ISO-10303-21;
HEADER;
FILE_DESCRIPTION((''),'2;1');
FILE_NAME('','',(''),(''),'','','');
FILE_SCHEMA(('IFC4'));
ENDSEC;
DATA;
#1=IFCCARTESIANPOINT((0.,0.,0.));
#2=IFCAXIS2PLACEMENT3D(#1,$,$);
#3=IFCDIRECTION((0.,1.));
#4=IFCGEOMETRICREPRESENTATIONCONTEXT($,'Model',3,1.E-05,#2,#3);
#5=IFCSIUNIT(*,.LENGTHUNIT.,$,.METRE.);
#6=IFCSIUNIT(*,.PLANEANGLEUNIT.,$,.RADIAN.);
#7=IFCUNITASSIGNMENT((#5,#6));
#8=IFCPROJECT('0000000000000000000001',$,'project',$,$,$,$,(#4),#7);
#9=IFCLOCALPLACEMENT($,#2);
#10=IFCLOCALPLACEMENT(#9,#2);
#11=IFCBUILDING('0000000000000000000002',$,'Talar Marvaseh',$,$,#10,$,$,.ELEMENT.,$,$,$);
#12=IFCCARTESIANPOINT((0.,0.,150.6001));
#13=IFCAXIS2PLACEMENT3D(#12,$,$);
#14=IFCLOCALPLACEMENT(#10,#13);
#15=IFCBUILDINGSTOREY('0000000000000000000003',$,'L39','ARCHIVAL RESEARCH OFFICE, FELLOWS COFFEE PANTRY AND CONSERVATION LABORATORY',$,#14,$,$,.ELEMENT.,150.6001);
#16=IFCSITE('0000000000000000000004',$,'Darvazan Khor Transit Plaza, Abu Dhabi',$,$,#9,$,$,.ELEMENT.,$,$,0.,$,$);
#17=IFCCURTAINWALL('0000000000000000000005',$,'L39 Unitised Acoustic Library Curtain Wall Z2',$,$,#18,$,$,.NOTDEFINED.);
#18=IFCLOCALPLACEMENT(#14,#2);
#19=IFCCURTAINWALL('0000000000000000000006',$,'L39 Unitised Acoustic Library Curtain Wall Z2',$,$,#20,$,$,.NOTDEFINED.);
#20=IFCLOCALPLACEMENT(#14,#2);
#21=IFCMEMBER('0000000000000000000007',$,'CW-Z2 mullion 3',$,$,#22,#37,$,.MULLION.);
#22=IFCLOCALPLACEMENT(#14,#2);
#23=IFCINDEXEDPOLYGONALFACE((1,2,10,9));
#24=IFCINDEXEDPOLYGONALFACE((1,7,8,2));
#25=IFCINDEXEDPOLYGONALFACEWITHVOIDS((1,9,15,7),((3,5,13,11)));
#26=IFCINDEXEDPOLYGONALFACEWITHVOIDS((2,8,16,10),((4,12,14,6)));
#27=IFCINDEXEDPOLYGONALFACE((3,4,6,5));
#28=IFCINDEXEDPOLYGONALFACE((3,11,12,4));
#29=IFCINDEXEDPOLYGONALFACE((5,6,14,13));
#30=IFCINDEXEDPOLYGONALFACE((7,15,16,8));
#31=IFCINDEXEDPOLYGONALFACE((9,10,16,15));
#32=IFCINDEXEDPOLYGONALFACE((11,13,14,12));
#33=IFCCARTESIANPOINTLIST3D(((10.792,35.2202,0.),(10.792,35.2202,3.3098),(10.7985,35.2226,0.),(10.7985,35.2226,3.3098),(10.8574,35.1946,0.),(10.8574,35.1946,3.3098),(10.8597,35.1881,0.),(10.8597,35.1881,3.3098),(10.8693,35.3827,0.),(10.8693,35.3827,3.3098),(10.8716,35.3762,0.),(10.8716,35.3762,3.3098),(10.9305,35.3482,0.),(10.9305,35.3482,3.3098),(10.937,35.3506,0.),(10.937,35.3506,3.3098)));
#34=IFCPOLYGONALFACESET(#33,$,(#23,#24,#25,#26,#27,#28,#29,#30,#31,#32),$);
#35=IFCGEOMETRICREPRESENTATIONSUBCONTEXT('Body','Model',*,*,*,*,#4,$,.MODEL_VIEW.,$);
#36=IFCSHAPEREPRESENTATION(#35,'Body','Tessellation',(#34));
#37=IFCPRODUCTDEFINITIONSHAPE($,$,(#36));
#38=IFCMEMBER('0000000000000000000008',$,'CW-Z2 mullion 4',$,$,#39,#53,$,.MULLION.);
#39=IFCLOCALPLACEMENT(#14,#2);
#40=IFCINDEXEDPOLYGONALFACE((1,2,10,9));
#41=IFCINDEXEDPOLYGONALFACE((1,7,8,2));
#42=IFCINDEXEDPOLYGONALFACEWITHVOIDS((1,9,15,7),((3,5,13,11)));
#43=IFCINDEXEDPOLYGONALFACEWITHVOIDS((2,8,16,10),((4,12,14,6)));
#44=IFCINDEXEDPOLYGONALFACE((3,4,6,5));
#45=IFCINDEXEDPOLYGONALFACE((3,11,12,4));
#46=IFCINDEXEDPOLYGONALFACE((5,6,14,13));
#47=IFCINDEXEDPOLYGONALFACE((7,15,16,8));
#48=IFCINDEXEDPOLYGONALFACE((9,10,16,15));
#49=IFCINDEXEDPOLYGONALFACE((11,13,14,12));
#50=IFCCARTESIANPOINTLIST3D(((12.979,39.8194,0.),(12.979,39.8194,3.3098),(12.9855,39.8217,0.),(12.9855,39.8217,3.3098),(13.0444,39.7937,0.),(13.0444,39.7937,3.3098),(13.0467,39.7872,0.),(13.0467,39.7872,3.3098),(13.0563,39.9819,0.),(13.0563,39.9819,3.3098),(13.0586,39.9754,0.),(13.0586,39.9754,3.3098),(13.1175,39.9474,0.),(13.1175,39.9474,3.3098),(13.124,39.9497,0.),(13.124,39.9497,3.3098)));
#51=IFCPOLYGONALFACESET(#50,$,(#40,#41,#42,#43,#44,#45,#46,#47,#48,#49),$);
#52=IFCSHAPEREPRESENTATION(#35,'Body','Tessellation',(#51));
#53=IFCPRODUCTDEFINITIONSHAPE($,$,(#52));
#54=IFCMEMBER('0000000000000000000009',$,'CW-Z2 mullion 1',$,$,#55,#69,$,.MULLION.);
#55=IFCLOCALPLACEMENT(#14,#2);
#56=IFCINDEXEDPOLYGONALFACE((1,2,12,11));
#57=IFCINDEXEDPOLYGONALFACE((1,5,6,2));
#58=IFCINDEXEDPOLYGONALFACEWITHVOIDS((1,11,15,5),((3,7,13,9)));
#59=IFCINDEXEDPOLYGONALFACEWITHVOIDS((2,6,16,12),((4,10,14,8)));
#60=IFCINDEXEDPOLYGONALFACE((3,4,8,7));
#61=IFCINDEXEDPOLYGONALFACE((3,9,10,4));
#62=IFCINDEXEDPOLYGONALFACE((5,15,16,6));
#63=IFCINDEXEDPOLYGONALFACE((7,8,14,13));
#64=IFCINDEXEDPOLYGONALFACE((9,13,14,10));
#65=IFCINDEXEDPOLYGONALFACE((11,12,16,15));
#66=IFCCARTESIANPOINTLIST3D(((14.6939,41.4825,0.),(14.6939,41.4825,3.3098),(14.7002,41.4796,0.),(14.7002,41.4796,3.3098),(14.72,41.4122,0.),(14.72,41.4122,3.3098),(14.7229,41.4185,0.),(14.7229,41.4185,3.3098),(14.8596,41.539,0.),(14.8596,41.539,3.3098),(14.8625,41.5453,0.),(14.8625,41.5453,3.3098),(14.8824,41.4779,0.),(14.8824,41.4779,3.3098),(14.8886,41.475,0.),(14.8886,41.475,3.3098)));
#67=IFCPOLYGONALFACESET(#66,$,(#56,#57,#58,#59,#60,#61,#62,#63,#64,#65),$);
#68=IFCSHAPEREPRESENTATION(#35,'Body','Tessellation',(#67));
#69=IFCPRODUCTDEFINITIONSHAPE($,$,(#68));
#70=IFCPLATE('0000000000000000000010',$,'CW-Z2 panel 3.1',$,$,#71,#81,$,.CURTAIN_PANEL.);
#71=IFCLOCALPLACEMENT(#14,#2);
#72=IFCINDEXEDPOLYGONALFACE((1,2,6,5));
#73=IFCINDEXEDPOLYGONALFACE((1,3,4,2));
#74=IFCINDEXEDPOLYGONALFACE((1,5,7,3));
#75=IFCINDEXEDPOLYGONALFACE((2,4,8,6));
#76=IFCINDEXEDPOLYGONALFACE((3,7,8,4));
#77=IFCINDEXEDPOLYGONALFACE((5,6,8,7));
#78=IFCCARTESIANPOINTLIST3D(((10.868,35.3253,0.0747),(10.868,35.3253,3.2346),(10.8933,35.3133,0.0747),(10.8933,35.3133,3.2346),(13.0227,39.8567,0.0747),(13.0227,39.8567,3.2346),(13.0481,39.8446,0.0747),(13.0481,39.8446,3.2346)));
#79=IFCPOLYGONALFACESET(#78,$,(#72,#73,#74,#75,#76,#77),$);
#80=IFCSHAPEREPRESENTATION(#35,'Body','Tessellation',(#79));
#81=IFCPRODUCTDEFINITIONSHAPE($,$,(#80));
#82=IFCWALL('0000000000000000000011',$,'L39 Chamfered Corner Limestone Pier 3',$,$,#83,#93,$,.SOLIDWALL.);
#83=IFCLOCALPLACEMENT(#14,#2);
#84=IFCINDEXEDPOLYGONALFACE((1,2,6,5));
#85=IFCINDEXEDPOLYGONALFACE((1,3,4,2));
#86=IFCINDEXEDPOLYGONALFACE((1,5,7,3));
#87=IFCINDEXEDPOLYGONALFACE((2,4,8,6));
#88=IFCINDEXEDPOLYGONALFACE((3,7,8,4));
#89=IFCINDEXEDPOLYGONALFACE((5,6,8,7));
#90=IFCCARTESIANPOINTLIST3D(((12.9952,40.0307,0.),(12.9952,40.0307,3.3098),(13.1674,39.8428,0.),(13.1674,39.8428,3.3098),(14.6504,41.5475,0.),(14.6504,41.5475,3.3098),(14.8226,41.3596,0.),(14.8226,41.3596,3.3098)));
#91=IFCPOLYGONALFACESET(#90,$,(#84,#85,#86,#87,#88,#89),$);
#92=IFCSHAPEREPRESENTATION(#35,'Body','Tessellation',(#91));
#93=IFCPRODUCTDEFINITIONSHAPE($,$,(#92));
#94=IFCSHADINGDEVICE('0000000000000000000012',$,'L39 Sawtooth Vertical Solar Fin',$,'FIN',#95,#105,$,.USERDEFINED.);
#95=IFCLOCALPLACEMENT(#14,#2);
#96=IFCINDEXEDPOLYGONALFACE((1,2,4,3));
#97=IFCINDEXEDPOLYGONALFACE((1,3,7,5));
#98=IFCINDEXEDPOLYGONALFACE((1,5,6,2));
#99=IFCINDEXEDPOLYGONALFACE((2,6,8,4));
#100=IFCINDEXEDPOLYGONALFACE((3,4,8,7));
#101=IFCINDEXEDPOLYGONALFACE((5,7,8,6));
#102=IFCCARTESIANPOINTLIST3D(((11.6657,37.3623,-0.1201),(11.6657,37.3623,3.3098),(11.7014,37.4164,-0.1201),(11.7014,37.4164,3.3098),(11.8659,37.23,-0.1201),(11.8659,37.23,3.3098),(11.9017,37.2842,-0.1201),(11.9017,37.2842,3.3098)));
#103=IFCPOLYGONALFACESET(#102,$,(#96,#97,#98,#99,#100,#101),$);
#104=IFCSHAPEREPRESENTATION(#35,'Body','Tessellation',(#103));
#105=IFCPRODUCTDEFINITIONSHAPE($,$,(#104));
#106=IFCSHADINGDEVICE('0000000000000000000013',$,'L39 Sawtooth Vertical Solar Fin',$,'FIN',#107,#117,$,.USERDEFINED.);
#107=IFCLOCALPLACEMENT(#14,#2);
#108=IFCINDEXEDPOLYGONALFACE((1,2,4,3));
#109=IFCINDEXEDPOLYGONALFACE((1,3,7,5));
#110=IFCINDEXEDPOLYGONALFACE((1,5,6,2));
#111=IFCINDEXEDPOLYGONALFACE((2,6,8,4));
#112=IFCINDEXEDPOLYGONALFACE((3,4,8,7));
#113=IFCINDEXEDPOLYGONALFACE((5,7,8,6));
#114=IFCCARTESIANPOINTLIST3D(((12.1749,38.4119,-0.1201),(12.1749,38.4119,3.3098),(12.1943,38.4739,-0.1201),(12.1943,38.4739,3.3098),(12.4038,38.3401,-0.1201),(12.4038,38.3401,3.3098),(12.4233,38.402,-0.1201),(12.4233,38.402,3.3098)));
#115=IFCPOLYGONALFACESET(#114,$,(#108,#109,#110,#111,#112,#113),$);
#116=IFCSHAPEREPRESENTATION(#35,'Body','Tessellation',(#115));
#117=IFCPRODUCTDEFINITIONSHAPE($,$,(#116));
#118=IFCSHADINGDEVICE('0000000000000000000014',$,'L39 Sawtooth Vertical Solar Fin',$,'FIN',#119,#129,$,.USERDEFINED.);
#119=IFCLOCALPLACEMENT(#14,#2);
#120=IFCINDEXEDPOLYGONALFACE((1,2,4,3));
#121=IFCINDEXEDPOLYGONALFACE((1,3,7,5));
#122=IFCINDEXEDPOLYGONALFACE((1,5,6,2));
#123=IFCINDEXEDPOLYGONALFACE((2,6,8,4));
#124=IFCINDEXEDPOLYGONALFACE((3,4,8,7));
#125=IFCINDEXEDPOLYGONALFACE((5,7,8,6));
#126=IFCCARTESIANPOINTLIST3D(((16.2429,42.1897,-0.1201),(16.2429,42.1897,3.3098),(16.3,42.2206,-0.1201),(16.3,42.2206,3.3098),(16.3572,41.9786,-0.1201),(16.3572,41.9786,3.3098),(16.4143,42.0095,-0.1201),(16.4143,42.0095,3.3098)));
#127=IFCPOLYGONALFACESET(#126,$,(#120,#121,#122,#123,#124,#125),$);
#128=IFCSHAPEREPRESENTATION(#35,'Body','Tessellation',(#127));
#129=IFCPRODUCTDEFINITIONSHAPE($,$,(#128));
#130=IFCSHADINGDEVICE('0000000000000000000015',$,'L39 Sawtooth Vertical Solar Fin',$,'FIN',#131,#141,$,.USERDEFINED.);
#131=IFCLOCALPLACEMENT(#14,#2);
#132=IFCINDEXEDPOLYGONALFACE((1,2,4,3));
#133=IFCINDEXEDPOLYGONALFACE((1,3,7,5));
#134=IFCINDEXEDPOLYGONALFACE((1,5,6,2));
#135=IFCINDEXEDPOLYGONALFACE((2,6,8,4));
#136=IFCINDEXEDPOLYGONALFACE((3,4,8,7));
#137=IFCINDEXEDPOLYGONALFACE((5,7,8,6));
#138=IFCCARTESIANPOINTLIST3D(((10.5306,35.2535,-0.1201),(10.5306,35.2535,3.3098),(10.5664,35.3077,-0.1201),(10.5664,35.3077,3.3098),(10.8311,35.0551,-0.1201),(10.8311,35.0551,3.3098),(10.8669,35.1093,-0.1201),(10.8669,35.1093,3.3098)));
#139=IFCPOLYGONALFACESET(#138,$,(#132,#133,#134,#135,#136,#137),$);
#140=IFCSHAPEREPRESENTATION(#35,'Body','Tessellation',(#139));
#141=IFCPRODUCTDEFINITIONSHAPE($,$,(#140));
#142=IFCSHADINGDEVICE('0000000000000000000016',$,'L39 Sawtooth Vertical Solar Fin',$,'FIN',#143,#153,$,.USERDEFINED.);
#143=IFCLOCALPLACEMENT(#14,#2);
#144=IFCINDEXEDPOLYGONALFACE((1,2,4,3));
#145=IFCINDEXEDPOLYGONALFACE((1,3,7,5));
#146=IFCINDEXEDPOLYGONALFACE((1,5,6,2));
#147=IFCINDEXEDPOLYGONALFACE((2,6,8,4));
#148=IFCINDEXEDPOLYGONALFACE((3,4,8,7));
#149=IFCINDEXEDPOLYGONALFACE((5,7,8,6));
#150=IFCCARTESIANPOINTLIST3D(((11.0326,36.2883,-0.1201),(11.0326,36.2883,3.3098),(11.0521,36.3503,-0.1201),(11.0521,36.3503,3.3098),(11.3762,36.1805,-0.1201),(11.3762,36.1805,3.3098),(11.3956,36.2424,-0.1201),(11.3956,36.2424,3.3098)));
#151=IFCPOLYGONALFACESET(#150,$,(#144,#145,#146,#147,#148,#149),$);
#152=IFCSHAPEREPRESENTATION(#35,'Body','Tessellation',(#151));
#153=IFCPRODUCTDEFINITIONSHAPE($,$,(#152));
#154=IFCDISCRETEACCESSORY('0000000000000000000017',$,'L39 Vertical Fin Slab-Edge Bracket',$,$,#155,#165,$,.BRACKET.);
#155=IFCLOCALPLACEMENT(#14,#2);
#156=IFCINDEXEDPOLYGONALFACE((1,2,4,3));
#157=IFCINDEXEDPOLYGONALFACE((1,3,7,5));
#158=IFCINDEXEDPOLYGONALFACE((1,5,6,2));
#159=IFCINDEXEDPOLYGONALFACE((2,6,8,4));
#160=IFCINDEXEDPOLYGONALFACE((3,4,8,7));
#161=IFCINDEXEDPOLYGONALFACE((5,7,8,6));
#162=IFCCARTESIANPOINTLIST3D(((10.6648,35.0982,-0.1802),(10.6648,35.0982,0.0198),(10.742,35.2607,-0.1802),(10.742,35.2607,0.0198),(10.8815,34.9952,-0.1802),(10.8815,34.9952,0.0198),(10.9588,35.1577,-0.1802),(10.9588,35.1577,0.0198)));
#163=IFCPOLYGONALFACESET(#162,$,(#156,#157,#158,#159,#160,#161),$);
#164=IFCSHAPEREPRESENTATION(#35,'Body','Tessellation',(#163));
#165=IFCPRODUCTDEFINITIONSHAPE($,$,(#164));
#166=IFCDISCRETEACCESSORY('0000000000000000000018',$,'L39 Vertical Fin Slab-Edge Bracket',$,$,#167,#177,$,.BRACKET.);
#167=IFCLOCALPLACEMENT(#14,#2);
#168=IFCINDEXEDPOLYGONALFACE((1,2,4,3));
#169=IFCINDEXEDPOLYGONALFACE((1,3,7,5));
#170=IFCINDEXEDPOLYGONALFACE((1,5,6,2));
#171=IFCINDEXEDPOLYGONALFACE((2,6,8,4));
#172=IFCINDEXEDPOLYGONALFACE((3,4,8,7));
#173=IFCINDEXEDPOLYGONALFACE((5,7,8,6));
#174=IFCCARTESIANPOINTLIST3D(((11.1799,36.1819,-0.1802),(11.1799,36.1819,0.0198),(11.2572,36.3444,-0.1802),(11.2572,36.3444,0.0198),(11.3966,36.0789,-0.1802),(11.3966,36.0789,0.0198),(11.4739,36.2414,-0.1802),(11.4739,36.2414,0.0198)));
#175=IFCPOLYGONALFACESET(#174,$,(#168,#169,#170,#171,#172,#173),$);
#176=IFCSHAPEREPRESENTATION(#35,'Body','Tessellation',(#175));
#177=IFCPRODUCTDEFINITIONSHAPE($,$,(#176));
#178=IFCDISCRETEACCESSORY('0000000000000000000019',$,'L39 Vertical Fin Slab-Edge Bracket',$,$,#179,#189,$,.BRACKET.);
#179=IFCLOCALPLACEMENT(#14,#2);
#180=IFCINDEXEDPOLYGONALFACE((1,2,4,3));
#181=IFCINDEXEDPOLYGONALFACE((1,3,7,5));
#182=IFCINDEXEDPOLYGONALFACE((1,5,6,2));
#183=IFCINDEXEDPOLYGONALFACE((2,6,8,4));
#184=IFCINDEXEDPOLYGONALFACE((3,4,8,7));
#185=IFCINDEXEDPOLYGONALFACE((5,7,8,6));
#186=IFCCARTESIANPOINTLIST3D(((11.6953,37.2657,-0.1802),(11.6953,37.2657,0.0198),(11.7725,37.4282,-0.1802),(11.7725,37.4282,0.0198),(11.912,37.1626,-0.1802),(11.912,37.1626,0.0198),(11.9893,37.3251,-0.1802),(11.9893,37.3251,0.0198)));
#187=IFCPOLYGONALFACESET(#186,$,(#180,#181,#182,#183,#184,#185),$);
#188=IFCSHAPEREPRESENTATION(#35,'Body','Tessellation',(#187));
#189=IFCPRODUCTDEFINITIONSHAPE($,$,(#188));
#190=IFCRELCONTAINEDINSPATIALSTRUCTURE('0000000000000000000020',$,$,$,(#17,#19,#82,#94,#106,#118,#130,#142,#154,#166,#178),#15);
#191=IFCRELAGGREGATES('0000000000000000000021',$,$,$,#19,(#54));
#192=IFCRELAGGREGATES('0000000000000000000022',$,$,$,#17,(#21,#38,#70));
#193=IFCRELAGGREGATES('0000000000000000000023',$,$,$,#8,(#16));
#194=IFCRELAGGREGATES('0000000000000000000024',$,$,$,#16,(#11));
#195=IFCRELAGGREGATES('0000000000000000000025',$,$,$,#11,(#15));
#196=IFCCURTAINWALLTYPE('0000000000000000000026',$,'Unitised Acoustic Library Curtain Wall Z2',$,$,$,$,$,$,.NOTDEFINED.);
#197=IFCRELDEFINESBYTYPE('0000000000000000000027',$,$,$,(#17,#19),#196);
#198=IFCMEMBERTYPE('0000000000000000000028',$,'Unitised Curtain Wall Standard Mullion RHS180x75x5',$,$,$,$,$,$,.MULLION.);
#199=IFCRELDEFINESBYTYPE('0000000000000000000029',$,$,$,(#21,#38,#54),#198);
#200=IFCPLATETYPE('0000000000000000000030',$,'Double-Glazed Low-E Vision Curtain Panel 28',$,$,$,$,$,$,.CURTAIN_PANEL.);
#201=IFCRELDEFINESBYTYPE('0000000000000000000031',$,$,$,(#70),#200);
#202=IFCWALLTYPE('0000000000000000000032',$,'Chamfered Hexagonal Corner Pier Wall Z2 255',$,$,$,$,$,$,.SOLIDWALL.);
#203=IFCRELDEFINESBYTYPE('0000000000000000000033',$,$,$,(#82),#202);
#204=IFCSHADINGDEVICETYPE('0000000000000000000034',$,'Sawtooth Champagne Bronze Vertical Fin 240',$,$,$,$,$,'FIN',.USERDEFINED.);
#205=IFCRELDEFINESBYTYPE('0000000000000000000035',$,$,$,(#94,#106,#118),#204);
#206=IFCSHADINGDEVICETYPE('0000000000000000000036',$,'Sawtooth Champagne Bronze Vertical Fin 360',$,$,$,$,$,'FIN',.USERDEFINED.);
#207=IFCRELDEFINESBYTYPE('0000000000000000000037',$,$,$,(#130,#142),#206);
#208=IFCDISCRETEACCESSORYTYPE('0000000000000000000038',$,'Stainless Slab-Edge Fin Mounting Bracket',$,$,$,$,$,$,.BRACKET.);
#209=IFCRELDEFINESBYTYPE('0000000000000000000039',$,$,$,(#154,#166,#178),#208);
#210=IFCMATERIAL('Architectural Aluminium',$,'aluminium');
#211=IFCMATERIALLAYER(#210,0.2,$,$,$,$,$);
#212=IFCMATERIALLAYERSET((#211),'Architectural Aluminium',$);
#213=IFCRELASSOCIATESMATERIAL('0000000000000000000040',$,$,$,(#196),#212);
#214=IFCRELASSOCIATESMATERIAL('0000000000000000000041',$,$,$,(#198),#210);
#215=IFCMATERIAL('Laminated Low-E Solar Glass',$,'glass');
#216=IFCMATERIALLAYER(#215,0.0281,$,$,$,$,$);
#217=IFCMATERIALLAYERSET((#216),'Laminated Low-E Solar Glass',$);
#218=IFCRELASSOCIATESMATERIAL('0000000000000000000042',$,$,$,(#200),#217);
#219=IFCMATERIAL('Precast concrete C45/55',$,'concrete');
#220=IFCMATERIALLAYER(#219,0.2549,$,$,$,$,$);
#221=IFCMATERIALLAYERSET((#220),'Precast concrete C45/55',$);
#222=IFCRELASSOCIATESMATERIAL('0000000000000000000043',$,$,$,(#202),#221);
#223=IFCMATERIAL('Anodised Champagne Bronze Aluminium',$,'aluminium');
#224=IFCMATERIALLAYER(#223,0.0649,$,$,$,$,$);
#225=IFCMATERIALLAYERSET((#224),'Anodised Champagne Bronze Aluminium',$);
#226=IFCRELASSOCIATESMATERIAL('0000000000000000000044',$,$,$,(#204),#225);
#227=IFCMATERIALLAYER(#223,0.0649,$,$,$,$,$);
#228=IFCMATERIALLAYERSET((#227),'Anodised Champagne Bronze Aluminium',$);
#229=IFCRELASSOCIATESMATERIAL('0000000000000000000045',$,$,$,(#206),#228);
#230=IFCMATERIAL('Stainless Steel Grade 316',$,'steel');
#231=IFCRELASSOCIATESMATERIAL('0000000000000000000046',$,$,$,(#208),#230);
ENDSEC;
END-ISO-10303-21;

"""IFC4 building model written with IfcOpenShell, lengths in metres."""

from ifc_helpers import new_model, si_unit, direction, frame, frame_2d, origin, origin_2d, place, context, subcontext, project, spatial, rectangle, hollow_rectangle, extrude, source, transform, mapped, material, layer, layer_set, material_profile, profile_set, type_object, type_shapes, element, aggregate, save


model = new_model("IFC4")

# Units and contexts
model_context = context("Model", 3, precision=1e-05, world=origin(), true_north=direction((0.0, 1.0)))
body_context = subcontext(model_context, "Body", "Model", "MODEL_VIEW")
ifc_project = project(units=[si_unit("LENGTHUNIT", "METRE"), si_unit("PLANEANGLEUNIT", "RADIAN")], contexts=[model_context])

# Site, building, storey
site_placement = place(None, origin())
site = spatial("IfcSite", under=ifc_project, at=site_placement, Name="Darvazan Khor Transit Plaza, Abu Dhabi", CompositionType="ELEMENT", RefElevation=0.0)
building_placement = place(site_placement, origin())
building = spatial("IfcBuilding", under=site, at=building_placement, Name="Talar Marvaseh", CompositionType="ELEMENT")
storey_placement = place(building_placement, frame((0.0, 0.0, 150.6001)))
storey = spatial("IfcBuildingStorey", under=building, at=storey_placement, Name="L39", Description="ARCHIVAL RESEARCH OFFICE, FELLOWS COFFEE PANTRY AND CONSERVATION LABORATORY", CompositionType="ELEMENT", Elevation=150.6001)

# Curtain walls
ifc_material_1 = material(Name="Architectural Aluminium", Category="aluminium")
ifc_layer_1 = layer(ifc_material_1, 0.2)
ifc_layer_set_1 = layer_set([ifc_layer_1], Name="Architectural Aluminium")
curtain_wall_type = type_object("IfcCurtainWallType", Name="Unitised Acoustic Library Curtain Wall Z2", PredefinedType="NOTDEFINED", material=ifc_layer_set_1)
curtain_wall_1_placement = place(storey_placement, origin())
curtain_wall_1 = element("IfcCurtainWall", 1, at=curtain_wall_1_placement, inside=storey, type_object=curtain_wall_type, Name="L39 Unitised Acoustic Library Curtain Wall Z2", PredefinedType="NOTDEFINED")
curtain_wall_2_placement = place(storey_placement, origin())
curtain_wall_2 = element("IfcCurtainWall", 2, at=curtain_wall_2_placement, inside=storey, type_object=curtain_wall_type, Name="L39 Unitised Acoustic Library Curtain Wall Z2", PredefinedType="NOTDEFINED")

# Members
ifc_material_profile_1 = material_profile(ifc_material_1, hollow_rectangle(XDim=0.075, YDim=0.1799, WallThickness=0.0049, at=origin_2d()), Name="RHS180x75x5")
ifc_profile_set_1 = profile_set([ifc_material_profile_1], Name="Architectural Aluminium")
member_type_1 = type_object("IfcMemberType", Name="Unitised Curtain Wall Standard Mullion RHS180x75x5", PredefinedType="MULLION", material=ifc_profile_set_1)
shared_shape_1 = source(origin(), body_context, "Body", "SweptSolid", [
    extrude(hollow_rectangle(XDim=0.075, YDim=0.1799, WallThickness=0.0049, at=origin_2d()), origin(), (0.0, 0.0, 1.0), 3.3098),
])
type_shapes(member_type_1, [shared_shape_1])
member_1_placement = place(storey_placement, frame((10.8645, 35.2854, 0.0), z_axis=(0.0, 0.0, 1.0), x_axis=(-0.903096, 0.429439, 0.0)))
member_1 = element("IfcMember", 3, at=member_1_placement, type_object=member_type_1, Name="CW-Z2 mullion 3", PredefinedType="MULLION", context=body_context, shape_type="MappedRepresentation", body=[
    mapped(shared_shape_1, transform((0.0, 0.0, 0.0), x_axis=(1.0, 0.0, 0.0), y_axis=(0.0, 1.0, 0.0), z_axis=(0.0, 0.0, 1.0), scale=1.0)),
])
member_2_placement = place(storey_placement, frame((13.0515, 39.8845, 0.0), z_axis=(0.0, 0.0, 1.0), x_axis=(-0.903096, 0.429439, 0.0)))
member_2 = element("IfcMember", 4, at=member_2_placement, type_object=member_type_1, Name="CW-Z2 mullion 4", PredefinedType="MULLION", context=body_context, shape_type="MappedRepresentation", body=[
    mapped(shared_shape_1, transform((0.0, 0.0, 0.0), x_axis=(1.0, 0.0, 0.0), y_axis=(0.0, 1.0, 0.0), z_axis=(0.0, 0.0, 1.0), scale=1.0)),
])
member_3_placement = place(storey_placement, frame((14.7913, 41.4788, 0.0), z_axis=(0.0, 0.0, 1.0), x_axis=(-0.349096, 0.937087, 0.0)))
member_3 = element("IfcMember", 5, at=member_3_placement, type_object=member_type_1, Name="CW-Z2 mullion 1", PredefinedType="MULLION", context=body_context, shape_type="MappedRepresentation", body=[
    mapped(shared_shape_1, transform((0.0, 0.0, 0.0), x_axis=(1.0, 0.0, 0.0), y_axis=(0.0, 1.0, 0.0), z_axis=(0.0, 0.0, 1.0), scale=1.0)),
])
aggregate(curtain_wall_2, [member_3])

# Plate
ifc_material_2 = material(Name="Laminated Low-E Solar Glass", Category="glass")
ifc_layer_2 = layer(ifc_material_2, 0.0281)
ifc_layer_set_2 = layer_set([ifc_layer_2], Name="Laminated Low-E Solar Glass")
plate_type = type_object("IfcPlateType", Name="Double-Glazed Low-E Vision Curtain Panel 28", PredefinedType="CURTAIN_PANEL", material=ifc_layer_set_2)
shared_shape_2 = source(origin(), body_context, "Body", "SweptSolid", [
    extrude(rectangle(XDim=5.0176, YDim=0.0281, at=origin_2d()), origin(), (0.0, 0.0, 1.0), 3.1599),
])
type_shapes(plate_type, [shared_shape_2])
plate_placement = place(storey_placement, frame((11.958, 37.585, 0.0747), z_axis=(0.0, 0.0, 1.0), x_axis=(0.429439, 0.903096, 0.0)))
plate = element("IfcPlate", 6, at=plate_placement, type_object=plate_type, Name="CW-Z2 panel 3.1", PredefinedType="CURTAIN_PANEL", context=body_context, shape_type="MappedRepresentation", body=[
    mapped(shared_shape_2, transform((0.0, 0.0, 0.0), x_axis=(1.0, 0.0, 0.0), y_axis=(0.0, 1.0, 0.0), z_axis=(0.0, 0.0, 1.0), scale=1.0)),
])
aggregate(curtain_wall_1, [member_1, member_2, plate])

# Wall
ifc_material_3 = material(Name="Precast concrete C45/55", Category="concrete")
ifc_layer_3 = layer(ifc_material_3, 0.2549)
ifc_layer_set_3 = layer_set([ifc_layer_3], Name="Precast concrete C45/55")
wall_type = type_object("IfcWallType", Name="Chamfered Hexagonal Corner Pier Wall Z2 255", PredefinedType="SOLIDWALL", material=ifc_layer_set_3)
wall_placement = place(storey_placement, frame((13.0813, 39.9368, 0.0), z_axis=(0.0, 0.0, 1.0), x_axis=(0.737262, 0.675606, 0.0)))
element("IfcWall", 7, at=wall_placement, inside=storey, type_object=wall_type, Name="L39 Chamfered Corner Limestone Pier 3", PredefinedType="SOLIDWALL", context=body_context, shape_type="SweptSolid", body=[
    extrude(rectangle(XDim=2.2451, YDim=0.2549, at=frame_2d((1.1226, 0.0))), origin(), (0.0, 0.0, 1.0), 3.3098),
])

# Shading devices
ifc_material_4 = material(Name="Anodised Champagne Bronze Aluminium", Category="aluminium")
ifc_layer_4 = layer(ifc_material_4, 0.0649)
ifc_layer_set_4 = layer_set([ifc_layer_4], Name="Anodised Champagne Bronze Aluminium")
shading_device_type_1 = type_object("IfcShadingDeviceType", Name="Sawtooth Champagne Bronze Vertical Fin 240", ElementType="FIN", PredefinedType="USERDEFINED", material=ifc_layer_set_4)
shared_shape_3 = source(origin(), body_context, "Body", "SweptSolid", [
    extrude(rectangle(XDim=0.24, YDim=0.0649, at=origin_2d()), origin(), (0.0, 0.0, 1.0), 3.4299),
])
type_shapes(shading_device_type_1, [shared_shape_3])
for number, where, z_axis, x_axis, name in (
    (8, (11.7837, 37.3232, -0.1201), (0.0, 0.0, 1.0), (-0.83456, 0.550918, 0.0), "L39 Sawtooth Vertical Solar Fin"),
    (9, (12.2991, 38.407, -0.1201), (0.0, 0.0, 1.0), (-0.954084, 0.29954, 0.0), "L39 Sawtooth Vertical Solar Fin"),
    (10, (16.3286, 42.0996, -0.1201), (0.0, 0.0, 1.0), (-0.476085, 0.879399, 0.0), "L39 Sawtooth Vertical Solar Fin"),
):
    element("IfcShadingDevice", number, at=place(storey_placement, frame(where, z_axis=z_axis, x_axis=x_axis)), inside=storey, type_object=shading_device_type_1, Name=name, ObjectType="FIN", PredefinedType="USERDEFINED", context=body_context, shape_type="MappedRepresentation", body=[
        mapped(shared_shape_3, transform((0.0, 0.0, 0.0), x_axis=(1.0, 0.0, 0.0), y_axis=(0.0, 1.0, 0.0), z_axis=(0.0, 0.0, 1.0), scale=1.0)),
    ])
ifc_layer_5 = layer(ifc_material_4, 0.0649)
ifc_layer_set_5 = layer_set([ifc_layer_5], Name="Anodised Champagne Bronze Aluminium")
shading_device_type_2 = type_object("IfcShadingDeviceType", Name="Sawtooth Champagne Bronze Vertical Fin 360", ElementType="FIN", PredefinedType="USERDEFINED", material=ifc_layer_set_5)
shared_shape_4 = source(origin(), body_context, "Body", "SweptSolid", [
    extrude(rectangle(XDim=0.3601, YDim=0.0649, at=origin_2d()), origin(), (0.0, 0.0, 1.0), 3.4299),
])
type_shapes(shading_device_type_2, [shared_shape_4])
for number, where, z_axis, x_axis, name in (
    (11, (10.6987, 35.1814, -0.1201), (0.0, 0.0, 1.0), (-0.83456, 0.550918, 0.0), "L39 Sawtooth Vertical Solar Fin"),
    (12, (11.2141, 36.2654, -0.1201), (0.0, 0.0, 1.0), (-0.954084, 0.29954, 0.0), "L39 Sawtooth Vertical Solar Fin"),
):
    element("IfcShadingDevice", number, at=place(storey_placement, frame(where, z_axis=z_axis, x_axis=x_axis)), inside=storey, type_object=shading_device_type_2, Name=name, ObjectType="FIN", PredefinedType="USERDEFINED", context=body_context, shape_type="MappedRepresentation", body=[
        mapped(shared_shape_4, transform((0.0, 0.0, 0.0), x_axis=(1.0, 0.0, 0.0), y_axis=(0.0, 1.0, 0.0), z_axis=(0.0, 0.0, 1.0), scale=1.0)),
    ])

# Discrete accessories
ifc_material_5 = material(Name="Stainless Steel Grade 316", Category="steel")
discrete_accessory_type = type_object("IfcDiscreteAccessoryType", Name="Stainless Slab-Edge Fin Mounting Bracket", PredefinedType="BRACKET", material=ifc_material_5)
shared_shape_5 = source(origin(), body_context, "Body", "SweptSolid", [
    extrude(rectangle(XDim=0.24, YDim=0.1799, at=origin_2d()), origin(), (0.0, 0.0, 1.0), 0.2),
])
type_shapes(discrete_accessory_type, [shared_shape_5])
for number, where, z_axis, x_axis, name in (
    (13, (10.8118, 35.1279, -0.1802), (0.0, 0.0, 1.0), (-0.903111, 0.429408, 0.0), "L39 Vertical Fin Slab-Edge Bracket"),
    (14, (11.3269, 36.2117, -0.1802), (0.0, 0.0, 1.0), (-0.903111, 0.429408, 0.0), "L39 Vertical Fin Slab-Edge Bracket"),
    (15, (11.8423, 37.2954, -0.1802), (0.0, 0.0, 1.0), (-0.903111, 0.429408, 0.0), "L39 Vertical Fin Slab-Edge Bracket"),
):
    element("IfcDiscreteAccessory", number, at=place(storey_placement, frame(where, z_axis=z_axis, x_axis=x_axis)), inside=storey, type_object=discrete_accessory_type, Name=name, PredefinedType="BRACKET", context=body_context, shape_type="MappedRepresentation", body=[
        mapped(shared_shape_5, transform((0.0, 0.0, 0.0), x_axis=(1.0, 0.0, 0.0), y_axis=(0.0, 1.0, 0.0), z_axis=(0.0, 0.0, 1.0), scale=1.0)),
    ])

save(model, "model.ifc")
